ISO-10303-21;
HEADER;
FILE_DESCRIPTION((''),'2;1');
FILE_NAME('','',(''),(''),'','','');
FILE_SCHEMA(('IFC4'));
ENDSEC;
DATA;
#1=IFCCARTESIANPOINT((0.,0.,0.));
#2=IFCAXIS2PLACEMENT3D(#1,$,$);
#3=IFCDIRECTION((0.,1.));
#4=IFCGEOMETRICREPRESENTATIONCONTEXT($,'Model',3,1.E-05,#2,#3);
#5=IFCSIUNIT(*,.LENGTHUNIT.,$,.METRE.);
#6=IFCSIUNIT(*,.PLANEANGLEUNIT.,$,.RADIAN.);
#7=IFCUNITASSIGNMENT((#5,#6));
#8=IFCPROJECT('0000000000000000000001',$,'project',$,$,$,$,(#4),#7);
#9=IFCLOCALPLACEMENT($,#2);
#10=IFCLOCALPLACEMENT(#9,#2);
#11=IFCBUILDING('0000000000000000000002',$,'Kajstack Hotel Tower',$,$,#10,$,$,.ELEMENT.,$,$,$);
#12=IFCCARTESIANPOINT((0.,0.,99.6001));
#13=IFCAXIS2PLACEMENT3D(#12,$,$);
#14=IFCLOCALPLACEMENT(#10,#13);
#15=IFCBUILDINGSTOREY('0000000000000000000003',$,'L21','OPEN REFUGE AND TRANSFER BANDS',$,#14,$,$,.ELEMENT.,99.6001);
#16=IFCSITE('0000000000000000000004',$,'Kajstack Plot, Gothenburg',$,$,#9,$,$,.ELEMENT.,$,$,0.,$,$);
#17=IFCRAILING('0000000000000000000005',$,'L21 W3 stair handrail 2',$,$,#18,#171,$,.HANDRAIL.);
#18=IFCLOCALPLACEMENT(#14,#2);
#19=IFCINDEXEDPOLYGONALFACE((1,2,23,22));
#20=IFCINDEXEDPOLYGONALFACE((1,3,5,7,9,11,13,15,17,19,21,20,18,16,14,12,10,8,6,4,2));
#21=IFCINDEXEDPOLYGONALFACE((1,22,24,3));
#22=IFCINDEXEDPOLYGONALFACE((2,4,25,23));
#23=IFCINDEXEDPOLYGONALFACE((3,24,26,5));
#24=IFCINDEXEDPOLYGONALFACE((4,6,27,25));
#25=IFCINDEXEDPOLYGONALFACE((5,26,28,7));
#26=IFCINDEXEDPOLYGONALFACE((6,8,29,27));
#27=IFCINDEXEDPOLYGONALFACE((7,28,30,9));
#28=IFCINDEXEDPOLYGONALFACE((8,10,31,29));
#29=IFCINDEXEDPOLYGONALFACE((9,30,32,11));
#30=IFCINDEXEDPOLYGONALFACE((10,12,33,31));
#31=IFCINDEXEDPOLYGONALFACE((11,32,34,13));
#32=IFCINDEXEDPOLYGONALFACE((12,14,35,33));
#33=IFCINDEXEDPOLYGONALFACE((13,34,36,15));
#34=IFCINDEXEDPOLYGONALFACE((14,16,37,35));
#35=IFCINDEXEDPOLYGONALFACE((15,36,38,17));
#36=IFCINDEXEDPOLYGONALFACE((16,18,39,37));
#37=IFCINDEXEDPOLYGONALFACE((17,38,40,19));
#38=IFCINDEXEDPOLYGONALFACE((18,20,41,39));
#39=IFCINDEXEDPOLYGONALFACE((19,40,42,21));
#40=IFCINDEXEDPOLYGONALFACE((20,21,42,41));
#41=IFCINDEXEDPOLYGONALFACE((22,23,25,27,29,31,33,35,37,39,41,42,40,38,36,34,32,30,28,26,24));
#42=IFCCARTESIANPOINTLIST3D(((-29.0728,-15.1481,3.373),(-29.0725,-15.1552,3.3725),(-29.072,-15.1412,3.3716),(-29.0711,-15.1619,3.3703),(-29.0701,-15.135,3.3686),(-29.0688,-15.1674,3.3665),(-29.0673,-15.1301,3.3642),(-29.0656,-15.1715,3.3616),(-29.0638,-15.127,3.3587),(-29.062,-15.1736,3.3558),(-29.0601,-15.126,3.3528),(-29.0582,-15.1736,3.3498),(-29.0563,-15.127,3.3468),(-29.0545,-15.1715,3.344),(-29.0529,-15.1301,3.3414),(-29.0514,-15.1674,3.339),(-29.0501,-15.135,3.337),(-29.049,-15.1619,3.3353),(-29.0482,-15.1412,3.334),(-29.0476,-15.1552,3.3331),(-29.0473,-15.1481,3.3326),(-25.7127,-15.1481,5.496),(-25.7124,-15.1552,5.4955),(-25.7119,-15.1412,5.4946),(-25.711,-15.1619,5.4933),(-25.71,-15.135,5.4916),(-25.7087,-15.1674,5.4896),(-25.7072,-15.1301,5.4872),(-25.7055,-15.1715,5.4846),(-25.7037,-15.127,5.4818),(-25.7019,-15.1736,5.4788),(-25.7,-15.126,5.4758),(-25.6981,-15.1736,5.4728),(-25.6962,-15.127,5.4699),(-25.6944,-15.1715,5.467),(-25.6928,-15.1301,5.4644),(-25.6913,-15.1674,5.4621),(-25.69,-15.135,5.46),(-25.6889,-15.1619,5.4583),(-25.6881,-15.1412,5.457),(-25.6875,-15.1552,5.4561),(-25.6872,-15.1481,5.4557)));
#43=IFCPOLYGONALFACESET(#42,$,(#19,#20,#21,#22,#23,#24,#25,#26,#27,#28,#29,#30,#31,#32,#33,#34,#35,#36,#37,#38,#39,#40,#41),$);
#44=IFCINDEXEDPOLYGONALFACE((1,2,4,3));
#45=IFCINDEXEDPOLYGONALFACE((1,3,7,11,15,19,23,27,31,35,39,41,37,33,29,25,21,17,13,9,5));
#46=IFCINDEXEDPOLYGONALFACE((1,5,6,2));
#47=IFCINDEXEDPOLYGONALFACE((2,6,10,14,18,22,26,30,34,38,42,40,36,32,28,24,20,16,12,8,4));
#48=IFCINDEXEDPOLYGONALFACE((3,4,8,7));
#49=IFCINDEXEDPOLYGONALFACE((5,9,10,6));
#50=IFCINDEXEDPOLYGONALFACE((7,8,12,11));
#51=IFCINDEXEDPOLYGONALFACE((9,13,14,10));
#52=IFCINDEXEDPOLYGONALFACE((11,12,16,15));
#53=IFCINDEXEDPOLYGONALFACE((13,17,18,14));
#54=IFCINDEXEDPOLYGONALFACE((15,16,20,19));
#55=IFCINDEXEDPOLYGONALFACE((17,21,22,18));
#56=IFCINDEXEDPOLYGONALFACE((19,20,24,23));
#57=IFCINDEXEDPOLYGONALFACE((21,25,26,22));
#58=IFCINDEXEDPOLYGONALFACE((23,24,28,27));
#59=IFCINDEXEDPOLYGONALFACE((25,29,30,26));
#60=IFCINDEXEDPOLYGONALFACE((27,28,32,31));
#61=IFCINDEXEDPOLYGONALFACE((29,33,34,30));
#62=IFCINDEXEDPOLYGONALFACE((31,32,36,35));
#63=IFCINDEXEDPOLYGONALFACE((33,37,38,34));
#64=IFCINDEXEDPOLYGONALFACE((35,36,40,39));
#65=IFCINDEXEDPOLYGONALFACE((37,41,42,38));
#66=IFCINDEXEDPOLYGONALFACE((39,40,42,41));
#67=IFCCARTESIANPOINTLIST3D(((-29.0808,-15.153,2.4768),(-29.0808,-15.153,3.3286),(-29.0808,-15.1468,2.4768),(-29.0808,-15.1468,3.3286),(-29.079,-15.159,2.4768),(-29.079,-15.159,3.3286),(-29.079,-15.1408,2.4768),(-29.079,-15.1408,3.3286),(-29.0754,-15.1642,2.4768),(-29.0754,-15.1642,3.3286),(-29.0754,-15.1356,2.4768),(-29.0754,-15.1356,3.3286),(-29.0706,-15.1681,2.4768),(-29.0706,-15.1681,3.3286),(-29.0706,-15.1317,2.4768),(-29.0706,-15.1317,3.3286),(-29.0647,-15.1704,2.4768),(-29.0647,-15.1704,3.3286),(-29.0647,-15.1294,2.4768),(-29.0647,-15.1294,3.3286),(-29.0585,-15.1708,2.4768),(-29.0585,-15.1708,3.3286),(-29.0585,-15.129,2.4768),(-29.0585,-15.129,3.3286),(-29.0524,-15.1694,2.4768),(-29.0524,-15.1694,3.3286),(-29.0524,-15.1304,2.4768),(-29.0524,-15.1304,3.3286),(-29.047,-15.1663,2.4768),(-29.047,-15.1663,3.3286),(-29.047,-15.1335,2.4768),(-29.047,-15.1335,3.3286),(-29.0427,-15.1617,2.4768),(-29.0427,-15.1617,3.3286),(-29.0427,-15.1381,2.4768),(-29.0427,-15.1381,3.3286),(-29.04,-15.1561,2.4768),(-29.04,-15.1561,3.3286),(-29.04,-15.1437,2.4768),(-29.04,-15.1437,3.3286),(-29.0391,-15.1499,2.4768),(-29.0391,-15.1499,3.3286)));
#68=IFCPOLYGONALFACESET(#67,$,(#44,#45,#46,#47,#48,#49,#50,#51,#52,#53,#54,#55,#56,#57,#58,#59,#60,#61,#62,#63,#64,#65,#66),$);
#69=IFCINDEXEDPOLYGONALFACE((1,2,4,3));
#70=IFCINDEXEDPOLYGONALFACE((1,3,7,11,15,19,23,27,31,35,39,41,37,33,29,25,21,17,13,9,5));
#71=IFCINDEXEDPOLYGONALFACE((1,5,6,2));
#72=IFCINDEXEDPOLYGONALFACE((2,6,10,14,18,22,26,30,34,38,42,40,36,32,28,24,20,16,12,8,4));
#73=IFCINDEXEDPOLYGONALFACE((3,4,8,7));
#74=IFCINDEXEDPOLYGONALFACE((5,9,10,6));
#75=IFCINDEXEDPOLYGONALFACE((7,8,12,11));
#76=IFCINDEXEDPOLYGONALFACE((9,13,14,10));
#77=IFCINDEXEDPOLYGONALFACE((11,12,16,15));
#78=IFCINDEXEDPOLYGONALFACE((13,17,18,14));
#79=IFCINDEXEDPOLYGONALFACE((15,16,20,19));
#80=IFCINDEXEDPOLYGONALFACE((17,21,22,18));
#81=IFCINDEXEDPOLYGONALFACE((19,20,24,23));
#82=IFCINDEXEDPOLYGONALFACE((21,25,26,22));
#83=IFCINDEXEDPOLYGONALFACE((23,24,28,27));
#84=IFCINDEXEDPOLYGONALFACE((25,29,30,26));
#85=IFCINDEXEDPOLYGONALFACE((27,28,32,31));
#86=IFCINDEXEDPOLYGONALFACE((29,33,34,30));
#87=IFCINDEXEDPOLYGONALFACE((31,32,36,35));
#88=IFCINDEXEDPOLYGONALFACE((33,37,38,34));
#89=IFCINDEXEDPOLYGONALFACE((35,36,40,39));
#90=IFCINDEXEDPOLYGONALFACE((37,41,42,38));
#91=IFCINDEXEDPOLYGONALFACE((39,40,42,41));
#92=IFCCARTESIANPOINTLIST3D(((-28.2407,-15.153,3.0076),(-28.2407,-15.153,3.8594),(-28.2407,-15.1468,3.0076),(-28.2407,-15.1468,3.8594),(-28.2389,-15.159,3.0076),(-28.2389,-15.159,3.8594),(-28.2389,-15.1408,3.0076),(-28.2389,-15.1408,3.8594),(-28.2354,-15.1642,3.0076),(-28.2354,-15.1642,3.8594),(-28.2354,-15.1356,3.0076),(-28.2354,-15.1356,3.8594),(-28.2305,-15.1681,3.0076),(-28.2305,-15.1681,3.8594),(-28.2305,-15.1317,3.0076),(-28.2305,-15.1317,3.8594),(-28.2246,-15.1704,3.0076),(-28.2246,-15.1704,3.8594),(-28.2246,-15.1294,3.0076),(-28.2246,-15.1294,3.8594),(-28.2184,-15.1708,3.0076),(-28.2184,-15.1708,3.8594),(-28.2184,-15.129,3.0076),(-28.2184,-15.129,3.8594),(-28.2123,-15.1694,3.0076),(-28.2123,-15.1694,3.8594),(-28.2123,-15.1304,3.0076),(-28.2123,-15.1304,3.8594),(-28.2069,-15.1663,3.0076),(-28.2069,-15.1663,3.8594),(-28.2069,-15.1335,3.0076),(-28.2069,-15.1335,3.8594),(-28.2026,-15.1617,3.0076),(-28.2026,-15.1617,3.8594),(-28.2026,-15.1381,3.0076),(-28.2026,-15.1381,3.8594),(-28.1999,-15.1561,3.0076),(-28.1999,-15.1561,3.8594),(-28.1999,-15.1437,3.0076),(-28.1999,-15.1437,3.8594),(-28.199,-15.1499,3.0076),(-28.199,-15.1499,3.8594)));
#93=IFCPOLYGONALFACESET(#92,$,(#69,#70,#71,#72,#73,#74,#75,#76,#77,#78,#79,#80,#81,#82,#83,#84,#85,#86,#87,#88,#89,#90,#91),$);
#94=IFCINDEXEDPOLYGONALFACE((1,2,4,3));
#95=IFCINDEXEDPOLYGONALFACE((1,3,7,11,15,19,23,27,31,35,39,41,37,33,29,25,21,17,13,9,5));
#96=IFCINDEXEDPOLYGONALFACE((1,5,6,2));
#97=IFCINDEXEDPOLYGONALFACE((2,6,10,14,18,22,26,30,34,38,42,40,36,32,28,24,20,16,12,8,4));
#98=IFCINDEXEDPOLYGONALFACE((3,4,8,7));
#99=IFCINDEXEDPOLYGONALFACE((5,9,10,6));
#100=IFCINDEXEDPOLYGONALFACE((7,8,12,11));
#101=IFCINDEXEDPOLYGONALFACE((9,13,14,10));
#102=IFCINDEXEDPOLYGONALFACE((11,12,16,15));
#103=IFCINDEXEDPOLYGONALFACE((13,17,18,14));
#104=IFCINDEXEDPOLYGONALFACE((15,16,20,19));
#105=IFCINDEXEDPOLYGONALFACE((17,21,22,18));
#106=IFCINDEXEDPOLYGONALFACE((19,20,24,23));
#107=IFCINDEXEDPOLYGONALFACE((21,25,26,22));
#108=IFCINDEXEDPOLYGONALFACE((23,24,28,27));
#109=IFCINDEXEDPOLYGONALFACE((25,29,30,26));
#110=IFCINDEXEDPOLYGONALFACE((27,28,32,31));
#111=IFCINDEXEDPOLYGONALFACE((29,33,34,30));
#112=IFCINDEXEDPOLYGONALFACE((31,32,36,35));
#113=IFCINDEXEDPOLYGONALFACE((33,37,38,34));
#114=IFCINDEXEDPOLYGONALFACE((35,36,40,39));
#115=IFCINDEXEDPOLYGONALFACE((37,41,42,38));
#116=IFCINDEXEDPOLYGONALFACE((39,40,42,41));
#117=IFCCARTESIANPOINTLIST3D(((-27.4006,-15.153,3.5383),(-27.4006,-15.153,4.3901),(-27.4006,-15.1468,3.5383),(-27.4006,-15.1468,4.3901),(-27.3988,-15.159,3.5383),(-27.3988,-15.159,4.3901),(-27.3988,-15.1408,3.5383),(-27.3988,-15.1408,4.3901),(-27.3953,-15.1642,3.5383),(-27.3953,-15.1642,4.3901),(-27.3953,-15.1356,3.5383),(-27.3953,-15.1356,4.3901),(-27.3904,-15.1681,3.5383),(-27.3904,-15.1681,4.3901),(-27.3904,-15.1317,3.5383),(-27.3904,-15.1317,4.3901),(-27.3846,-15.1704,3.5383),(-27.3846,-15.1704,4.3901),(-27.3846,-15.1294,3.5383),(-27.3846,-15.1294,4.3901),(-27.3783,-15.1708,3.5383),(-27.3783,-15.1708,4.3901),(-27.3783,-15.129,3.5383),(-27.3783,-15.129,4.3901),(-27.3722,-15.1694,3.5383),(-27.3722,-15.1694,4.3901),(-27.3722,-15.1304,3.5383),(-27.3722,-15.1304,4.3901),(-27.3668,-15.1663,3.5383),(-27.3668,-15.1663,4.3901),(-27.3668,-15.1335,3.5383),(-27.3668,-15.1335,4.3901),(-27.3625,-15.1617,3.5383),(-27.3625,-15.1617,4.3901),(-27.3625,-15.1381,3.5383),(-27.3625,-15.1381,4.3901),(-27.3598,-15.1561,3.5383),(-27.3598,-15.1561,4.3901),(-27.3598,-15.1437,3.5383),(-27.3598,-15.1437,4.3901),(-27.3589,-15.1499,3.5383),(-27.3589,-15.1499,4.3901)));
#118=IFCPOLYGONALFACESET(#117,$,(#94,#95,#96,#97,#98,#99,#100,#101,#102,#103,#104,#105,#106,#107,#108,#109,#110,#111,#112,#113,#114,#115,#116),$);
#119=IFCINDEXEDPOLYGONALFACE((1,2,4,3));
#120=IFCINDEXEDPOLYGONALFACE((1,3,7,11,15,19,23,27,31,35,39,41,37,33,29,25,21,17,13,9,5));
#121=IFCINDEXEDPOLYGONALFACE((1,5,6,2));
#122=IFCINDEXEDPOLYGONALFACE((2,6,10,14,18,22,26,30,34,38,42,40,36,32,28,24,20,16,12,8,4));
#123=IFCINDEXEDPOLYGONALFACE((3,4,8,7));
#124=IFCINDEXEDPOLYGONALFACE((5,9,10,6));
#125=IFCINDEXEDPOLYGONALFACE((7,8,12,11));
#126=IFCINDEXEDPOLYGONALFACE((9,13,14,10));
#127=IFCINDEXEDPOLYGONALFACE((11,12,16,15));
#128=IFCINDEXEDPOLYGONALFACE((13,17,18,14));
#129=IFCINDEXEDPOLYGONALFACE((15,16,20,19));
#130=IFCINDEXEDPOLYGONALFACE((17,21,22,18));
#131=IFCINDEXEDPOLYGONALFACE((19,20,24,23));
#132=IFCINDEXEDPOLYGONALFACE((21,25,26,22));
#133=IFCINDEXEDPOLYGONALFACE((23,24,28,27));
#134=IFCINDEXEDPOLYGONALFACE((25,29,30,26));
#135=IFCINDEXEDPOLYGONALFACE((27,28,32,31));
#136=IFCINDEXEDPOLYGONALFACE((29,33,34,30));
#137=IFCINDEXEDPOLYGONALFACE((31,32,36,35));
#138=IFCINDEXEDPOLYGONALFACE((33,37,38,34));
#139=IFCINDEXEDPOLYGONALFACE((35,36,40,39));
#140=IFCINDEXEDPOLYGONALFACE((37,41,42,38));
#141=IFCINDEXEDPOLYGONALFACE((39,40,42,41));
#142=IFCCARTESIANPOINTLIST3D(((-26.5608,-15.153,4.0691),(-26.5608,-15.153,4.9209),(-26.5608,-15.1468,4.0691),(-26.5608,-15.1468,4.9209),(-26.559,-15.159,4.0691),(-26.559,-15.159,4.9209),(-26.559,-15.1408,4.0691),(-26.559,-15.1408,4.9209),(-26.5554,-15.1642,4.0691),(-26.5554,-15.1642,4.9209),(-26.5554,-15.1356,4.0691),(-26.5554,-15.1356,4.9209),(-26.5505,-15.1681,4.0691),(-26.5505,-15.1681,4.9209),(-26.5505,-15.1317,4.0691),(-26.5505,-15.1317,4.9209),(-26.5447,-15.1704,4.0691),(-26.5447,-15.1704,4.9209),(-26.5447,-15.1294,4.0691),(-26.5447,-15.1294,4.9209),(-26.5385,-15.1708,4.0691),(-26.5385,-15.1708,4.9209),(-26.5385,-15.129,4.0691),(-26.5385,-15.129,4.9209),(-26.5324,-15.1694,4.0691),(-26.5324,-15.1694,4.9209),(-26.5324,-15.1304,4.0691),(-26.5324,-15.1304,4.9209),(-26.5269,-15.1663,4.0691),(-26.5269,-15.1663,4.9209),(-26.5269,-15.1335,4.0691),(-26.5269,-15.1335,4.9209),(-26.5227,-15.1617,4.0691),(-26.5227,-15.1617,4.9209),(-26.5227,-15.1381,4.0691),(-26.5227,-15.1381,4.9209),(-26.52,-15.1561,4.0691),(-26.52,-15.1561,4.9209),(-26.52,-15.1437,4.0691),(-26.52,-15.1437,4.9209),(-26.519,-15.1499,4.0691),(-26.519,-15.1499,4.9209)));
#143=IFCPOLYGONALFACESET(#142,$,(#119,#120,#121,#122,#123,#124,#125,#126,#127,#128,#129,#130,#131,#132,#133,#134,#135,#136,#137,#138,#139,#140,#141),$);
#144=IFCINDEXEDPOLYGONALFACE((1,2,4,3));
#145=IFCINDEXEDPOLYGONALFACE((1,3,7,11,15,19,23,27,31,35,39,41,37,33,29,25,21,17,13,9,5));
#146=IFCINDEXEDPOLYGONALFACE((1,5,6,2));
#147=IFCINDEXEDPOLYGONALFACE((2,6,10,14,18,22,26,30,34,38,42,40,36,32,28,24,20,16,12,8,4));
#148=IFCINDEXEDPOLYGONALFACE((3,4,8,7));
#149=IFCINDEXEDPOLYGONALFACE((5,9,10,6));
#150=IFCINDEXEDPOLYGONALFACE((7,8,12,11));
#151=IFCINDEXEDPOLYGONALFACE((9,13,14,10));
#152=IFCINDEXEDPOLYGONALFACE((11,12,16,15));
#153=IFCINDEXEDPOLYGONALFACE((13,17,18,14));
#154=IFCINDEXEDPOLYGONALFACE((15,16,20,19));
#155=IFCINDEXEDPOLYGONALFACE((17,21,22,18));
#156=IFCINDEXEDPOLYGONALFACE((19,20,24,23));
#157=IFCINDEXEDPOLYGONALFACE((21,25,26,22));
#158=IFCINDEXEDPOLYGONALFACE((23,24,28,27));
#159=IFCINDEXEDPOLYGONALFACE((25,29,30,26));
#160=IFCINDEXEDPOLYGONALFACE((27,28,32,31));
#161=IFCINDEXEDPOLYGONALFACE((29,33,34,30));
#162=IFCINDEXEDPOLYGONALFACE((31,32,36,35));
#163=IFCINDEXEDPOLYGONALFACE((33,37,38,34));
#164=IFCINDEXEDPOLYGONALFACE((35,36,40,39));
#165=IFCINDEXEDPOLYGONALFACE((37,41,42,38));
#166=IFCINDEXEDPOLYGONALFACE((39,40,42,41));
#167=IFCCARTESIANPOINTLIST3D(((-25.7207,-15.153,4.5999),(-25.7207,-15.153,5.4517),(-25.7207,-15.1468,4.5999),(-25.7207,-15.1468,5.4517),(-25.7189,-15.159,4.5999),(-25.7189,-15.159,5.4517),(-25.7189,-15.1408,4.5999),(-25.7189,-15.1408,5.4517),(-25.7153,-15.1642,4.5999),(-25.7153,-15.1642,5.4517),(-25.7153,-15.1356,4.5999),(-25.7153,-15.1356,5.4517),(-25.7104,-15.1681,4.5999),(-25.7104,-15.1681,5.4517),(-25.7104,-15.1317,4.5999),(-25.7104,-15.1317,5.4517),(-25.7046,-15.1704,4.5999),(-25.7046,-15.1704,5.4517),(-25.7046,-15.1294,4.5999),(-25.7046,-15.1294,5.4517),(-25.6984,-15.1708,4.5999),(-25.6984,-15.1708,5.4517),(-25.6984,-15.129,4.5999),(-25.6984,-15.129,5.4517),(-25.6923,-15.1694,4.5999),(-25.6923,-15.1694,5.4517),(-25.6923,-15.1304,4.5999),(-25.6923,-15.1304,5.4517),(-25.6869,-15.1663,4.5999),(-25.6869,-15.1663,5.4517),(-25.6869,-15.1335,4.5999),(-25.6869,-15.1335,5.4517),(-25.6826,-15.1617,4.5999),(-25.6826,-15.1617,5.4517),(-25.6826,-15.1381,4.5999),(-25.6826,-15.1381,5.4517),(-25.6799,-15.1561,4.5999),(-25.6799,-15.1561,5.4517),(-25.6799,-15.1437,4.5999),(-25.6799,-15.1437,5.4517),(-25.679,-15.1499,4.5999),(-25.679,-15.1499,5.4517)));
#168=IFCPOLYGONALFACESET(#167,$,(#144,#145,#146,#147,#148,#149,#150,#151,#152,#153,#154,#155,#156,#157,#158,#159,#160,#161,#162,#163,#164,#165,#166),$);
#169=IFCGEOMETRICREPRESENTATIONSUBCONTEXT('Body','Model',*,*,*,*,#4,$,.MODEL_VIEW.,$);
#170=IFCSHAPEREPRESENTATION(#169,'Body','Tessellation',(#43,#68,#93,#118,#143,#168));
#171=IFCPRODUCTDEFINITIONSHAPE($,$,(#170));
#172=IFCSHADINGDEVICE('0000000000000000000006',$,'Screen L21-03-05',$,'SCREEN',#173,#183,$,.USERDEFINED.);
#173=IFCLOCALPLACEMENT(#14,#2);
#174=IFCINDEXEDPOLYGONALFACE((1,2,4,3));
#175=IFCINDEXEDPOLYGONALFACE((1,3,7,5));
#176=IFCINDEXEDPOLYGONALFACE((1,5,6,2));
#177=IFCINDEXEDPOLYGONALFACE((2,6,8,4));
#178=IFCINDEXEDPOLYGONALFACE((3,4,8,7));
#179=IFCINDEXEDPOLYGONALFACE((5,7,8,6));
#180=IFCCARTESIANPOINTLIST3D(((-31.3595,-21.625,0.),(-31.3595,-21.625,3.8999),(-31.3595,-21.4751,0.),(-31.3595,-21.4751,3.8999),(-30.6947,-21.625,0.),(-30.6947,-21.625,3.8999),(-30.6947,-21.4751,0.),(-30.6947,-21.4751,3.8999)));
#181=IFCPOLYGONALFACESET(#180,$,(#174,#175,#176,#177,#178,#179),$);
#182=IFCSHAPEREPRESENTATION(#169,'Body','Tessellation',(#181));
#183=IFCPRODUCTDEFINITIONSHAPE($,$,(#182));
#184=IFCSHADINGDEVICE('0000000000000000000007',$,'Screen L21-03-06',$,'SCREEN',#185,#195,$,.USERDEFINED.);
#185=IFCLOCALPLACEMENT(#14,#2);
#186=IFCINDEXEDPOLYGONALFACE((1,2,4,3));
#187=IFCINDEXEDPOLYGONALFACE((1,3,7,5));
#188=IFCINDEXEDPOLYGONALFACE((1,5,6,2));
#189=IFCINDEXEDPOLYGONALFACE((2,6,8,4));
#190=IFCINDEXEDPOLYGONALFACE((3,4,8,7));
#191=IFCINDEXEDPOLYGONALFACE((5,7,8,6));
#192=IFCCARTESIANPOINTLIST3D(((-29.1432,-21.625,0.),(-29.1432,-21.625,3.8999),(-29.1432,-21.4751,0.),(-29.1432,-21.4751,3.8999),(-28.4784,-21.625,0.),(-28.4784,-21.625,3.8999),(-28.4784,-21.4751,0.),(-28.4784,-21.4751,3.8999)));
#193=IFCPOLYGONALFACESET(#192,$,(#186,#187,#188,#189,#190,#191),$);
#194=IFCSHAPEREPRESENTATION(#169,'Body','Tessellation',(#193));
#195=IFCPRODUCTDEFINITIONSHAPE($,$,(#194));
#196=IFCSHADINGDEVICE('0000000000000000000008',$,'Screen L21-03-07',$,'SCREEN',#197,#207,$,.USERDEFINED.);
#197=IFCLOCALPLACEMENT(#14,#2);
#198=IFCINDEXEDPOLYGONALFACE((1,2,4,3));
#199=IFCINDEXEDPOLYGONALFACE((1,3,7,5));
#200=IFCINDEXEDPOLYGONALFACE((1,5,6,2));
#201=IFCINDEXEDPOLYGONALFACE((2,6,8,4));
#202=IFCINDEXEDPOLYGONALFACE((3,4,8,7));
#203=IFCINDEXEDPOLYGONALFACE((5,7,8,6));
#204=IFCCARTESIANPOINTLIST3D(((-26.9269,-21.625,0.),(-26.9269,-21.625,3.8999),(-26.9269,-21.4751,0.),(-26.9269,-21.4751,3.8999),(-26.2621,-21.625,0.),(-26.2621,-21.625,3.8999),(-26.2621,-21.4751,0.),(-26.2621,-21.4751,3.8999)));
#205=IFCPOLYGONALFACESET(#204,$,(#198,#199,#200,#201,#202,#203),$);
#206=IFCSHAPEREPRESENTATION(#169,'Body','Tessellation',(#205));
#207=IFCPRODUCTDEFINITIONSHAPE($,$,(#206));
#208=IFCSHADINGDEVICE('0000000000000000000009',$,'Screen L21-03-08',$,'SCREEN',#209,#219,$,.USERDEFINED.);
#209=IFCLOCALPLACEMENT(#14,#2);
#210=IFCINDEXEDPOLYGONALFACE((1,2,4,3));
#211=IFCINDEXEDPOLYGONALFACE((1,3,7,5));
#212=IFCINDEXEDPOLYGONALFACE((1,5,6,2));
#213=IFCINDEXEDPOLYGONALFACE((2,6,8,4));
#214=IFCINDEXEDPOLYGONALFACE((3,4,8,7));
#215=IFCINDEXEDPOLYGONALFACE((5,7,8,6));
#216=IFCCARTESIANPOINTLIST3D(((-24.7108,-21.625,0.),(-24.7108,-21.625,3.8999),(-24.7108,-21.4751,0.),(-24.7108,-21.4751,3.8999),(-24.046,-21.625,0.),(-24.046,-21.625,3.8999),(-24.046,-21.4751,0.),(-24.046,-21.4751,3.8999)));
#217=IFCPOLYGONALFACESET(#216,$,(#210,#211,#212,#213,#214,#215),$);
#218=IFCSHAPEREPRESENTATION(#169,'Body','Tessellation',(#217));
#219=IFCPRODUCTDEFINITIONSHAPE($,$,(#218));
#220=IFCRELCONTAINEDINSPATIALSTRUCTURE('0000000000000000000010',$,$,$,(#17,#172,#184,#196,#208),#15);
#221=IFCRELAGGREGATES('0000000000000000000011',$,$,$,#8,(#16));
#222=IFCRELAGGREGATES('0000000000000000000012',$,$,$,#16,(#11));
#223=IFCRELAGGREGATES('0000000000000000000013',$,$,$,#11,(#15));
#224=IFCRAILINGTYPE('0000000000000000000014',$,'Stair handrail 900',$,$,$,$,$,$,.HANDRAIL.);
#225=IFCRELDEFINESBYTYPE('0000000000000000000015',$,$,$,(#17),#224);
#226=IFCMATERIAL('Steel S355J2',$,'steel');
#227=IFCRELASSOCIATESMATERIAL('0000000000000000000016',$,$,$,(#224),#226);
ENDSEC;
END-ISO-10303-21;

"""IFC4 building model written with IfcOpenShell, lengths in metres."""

from ifc_helpers import new_model, si_unit, direction, frame, origin, origin_2d, place, context, subcontext, project, spatial, rectangle, circle, extrude, material, type_object, element, save


model = new_model("IFC4")

# Units and contexts
model_context = context("Model", 3, precision=1e-05, world=origin(), true_north=direction((0.0, 1.0)))
body_context = subcontext(model_context, "Body", "Model", "MODEL_VIEW")
ifc_project = project(units=[si_unit("LENGTHUNIT", "METRE"), si_unit("PLANEANGLEUNIT", "RADIAN")], contexts=[model_context])

# Site, building, storey
site_placement = place(None, origin())
site = spatial("IfcSite", under=ifc_project, at=site_placement, Name="Kajstack Plot, Gothenburg", CompositionType="ELEMENT", RefElevation=0.0)
building_placement = place(site_placement, origin())
building = spatial("IfcBuilding", under=site, at=building_placement, Name="Kajstack Hotel Tower", CompositionType="ELEMENT")
storey_placement = place(building_placement, frame((0.0, 0.0, 99.6001)))
storey = spatial("IfcBuildingStorey", under=building, at=storey_placement, Name="L21", Description="OPEN REFUGE AND TRANSFER BANDS", CompositionType="ELEMENT", Elevation=99.6001)

# Railing
ifc_material_1 = material(Name="Steel S355J2", Category="steel")
railing_type_1 = type_object("IfcRailingType", Name="Stair handrail 900", PredefinedType="HANDRAIL", material=ifc_material_1)
railing_1_placement = place(storey_placement, frame((-29.0601, -15.1499, 2.4768)))
element("IfcRailing", 1, at=railing_1_placement, inside=storey, type_object=railing_type_1, Name="L21 W3 stair handrail 2", PredefinedType="HANDRAIL", context=body_context, shape_type="SweptSolid", body=[
    extrude(circle(Radius=0.0239, at=origin_2d()), frame((0.0, 0.0, 0.876), z_axis=(0.84539, 0.0, 0.53415), x_axis=(0.0, 1.0, 0.0)), (0.0, 0.0, 1.0), 3.9746),
    extrude(circle(Radius=0.021, at=origin_2d()), origin(), (0.0, 0.0, 1.0), 0.8518),
    extrude(circle(Radius=0.021, at=origin_2d()), frame((0.8401, 0.0, 0.5308)), (0.0, 0.0, 1.0), 0.8518),
    extrude(circle(Radius=0.021, at=origin_2d()), frame((1.6802, 0.0, 1.0615)), (0.0, 0.0, 1.0), 0.8518),
    extrude(circle(Radius=0.021, at=origin_2d()), frame((2.52, 0.0, 1.5923)), (0.0, 0.0, 1.0), 0.8518),
    extrude(circle(Radius=0.021, at=origin_2d()), frame((3.3601, 0.0, 2.123)), (0.0, 0.0, 1.0), 0.8518),
])

# Shading devices
for number, where, z_axis, x_axis, name in (
    (2, (-31.0271, -21.55, 0.0), (0.0, 0.0, 1.0), (1.0, 0.0, 0.0), "Screen L21-03-05"),
    (3, (-28.8108, -21.55, 0.0), (0.0, 0.0, 1.0), (1.0, 0.0, 0.0), "Screen L21-03-06"),
    (4, (-26.5945, -21.55, 0.0), (0.0, 0.0, 1.0), (1.0, 0.0, 0.0), "Screen L21-03-07"),
    (5, (-24.3784, -21.55, 0.0), (0.0, 0.0, 1.0), (1.0, 0.0, 0.0), "Screen L21-03-08"),
):
    element("IfcShadingDevice", number, at=place(storey_placement, frame(where, z_axis=z_axis, x_axis=x_axis)), inside=storey, Name=name, ObjectType="SCREEN", PredefinedType="USERDEFINED", context=body_context, shape_type="SweptSolid", body=[
        extrude(rectangle(XDim=0.6648, YDim=0.1499, at=origin_2d()), origin(), (0.0, 0.0, 1.0), 3.8999),
    ])

save(model, "model.ifc")
